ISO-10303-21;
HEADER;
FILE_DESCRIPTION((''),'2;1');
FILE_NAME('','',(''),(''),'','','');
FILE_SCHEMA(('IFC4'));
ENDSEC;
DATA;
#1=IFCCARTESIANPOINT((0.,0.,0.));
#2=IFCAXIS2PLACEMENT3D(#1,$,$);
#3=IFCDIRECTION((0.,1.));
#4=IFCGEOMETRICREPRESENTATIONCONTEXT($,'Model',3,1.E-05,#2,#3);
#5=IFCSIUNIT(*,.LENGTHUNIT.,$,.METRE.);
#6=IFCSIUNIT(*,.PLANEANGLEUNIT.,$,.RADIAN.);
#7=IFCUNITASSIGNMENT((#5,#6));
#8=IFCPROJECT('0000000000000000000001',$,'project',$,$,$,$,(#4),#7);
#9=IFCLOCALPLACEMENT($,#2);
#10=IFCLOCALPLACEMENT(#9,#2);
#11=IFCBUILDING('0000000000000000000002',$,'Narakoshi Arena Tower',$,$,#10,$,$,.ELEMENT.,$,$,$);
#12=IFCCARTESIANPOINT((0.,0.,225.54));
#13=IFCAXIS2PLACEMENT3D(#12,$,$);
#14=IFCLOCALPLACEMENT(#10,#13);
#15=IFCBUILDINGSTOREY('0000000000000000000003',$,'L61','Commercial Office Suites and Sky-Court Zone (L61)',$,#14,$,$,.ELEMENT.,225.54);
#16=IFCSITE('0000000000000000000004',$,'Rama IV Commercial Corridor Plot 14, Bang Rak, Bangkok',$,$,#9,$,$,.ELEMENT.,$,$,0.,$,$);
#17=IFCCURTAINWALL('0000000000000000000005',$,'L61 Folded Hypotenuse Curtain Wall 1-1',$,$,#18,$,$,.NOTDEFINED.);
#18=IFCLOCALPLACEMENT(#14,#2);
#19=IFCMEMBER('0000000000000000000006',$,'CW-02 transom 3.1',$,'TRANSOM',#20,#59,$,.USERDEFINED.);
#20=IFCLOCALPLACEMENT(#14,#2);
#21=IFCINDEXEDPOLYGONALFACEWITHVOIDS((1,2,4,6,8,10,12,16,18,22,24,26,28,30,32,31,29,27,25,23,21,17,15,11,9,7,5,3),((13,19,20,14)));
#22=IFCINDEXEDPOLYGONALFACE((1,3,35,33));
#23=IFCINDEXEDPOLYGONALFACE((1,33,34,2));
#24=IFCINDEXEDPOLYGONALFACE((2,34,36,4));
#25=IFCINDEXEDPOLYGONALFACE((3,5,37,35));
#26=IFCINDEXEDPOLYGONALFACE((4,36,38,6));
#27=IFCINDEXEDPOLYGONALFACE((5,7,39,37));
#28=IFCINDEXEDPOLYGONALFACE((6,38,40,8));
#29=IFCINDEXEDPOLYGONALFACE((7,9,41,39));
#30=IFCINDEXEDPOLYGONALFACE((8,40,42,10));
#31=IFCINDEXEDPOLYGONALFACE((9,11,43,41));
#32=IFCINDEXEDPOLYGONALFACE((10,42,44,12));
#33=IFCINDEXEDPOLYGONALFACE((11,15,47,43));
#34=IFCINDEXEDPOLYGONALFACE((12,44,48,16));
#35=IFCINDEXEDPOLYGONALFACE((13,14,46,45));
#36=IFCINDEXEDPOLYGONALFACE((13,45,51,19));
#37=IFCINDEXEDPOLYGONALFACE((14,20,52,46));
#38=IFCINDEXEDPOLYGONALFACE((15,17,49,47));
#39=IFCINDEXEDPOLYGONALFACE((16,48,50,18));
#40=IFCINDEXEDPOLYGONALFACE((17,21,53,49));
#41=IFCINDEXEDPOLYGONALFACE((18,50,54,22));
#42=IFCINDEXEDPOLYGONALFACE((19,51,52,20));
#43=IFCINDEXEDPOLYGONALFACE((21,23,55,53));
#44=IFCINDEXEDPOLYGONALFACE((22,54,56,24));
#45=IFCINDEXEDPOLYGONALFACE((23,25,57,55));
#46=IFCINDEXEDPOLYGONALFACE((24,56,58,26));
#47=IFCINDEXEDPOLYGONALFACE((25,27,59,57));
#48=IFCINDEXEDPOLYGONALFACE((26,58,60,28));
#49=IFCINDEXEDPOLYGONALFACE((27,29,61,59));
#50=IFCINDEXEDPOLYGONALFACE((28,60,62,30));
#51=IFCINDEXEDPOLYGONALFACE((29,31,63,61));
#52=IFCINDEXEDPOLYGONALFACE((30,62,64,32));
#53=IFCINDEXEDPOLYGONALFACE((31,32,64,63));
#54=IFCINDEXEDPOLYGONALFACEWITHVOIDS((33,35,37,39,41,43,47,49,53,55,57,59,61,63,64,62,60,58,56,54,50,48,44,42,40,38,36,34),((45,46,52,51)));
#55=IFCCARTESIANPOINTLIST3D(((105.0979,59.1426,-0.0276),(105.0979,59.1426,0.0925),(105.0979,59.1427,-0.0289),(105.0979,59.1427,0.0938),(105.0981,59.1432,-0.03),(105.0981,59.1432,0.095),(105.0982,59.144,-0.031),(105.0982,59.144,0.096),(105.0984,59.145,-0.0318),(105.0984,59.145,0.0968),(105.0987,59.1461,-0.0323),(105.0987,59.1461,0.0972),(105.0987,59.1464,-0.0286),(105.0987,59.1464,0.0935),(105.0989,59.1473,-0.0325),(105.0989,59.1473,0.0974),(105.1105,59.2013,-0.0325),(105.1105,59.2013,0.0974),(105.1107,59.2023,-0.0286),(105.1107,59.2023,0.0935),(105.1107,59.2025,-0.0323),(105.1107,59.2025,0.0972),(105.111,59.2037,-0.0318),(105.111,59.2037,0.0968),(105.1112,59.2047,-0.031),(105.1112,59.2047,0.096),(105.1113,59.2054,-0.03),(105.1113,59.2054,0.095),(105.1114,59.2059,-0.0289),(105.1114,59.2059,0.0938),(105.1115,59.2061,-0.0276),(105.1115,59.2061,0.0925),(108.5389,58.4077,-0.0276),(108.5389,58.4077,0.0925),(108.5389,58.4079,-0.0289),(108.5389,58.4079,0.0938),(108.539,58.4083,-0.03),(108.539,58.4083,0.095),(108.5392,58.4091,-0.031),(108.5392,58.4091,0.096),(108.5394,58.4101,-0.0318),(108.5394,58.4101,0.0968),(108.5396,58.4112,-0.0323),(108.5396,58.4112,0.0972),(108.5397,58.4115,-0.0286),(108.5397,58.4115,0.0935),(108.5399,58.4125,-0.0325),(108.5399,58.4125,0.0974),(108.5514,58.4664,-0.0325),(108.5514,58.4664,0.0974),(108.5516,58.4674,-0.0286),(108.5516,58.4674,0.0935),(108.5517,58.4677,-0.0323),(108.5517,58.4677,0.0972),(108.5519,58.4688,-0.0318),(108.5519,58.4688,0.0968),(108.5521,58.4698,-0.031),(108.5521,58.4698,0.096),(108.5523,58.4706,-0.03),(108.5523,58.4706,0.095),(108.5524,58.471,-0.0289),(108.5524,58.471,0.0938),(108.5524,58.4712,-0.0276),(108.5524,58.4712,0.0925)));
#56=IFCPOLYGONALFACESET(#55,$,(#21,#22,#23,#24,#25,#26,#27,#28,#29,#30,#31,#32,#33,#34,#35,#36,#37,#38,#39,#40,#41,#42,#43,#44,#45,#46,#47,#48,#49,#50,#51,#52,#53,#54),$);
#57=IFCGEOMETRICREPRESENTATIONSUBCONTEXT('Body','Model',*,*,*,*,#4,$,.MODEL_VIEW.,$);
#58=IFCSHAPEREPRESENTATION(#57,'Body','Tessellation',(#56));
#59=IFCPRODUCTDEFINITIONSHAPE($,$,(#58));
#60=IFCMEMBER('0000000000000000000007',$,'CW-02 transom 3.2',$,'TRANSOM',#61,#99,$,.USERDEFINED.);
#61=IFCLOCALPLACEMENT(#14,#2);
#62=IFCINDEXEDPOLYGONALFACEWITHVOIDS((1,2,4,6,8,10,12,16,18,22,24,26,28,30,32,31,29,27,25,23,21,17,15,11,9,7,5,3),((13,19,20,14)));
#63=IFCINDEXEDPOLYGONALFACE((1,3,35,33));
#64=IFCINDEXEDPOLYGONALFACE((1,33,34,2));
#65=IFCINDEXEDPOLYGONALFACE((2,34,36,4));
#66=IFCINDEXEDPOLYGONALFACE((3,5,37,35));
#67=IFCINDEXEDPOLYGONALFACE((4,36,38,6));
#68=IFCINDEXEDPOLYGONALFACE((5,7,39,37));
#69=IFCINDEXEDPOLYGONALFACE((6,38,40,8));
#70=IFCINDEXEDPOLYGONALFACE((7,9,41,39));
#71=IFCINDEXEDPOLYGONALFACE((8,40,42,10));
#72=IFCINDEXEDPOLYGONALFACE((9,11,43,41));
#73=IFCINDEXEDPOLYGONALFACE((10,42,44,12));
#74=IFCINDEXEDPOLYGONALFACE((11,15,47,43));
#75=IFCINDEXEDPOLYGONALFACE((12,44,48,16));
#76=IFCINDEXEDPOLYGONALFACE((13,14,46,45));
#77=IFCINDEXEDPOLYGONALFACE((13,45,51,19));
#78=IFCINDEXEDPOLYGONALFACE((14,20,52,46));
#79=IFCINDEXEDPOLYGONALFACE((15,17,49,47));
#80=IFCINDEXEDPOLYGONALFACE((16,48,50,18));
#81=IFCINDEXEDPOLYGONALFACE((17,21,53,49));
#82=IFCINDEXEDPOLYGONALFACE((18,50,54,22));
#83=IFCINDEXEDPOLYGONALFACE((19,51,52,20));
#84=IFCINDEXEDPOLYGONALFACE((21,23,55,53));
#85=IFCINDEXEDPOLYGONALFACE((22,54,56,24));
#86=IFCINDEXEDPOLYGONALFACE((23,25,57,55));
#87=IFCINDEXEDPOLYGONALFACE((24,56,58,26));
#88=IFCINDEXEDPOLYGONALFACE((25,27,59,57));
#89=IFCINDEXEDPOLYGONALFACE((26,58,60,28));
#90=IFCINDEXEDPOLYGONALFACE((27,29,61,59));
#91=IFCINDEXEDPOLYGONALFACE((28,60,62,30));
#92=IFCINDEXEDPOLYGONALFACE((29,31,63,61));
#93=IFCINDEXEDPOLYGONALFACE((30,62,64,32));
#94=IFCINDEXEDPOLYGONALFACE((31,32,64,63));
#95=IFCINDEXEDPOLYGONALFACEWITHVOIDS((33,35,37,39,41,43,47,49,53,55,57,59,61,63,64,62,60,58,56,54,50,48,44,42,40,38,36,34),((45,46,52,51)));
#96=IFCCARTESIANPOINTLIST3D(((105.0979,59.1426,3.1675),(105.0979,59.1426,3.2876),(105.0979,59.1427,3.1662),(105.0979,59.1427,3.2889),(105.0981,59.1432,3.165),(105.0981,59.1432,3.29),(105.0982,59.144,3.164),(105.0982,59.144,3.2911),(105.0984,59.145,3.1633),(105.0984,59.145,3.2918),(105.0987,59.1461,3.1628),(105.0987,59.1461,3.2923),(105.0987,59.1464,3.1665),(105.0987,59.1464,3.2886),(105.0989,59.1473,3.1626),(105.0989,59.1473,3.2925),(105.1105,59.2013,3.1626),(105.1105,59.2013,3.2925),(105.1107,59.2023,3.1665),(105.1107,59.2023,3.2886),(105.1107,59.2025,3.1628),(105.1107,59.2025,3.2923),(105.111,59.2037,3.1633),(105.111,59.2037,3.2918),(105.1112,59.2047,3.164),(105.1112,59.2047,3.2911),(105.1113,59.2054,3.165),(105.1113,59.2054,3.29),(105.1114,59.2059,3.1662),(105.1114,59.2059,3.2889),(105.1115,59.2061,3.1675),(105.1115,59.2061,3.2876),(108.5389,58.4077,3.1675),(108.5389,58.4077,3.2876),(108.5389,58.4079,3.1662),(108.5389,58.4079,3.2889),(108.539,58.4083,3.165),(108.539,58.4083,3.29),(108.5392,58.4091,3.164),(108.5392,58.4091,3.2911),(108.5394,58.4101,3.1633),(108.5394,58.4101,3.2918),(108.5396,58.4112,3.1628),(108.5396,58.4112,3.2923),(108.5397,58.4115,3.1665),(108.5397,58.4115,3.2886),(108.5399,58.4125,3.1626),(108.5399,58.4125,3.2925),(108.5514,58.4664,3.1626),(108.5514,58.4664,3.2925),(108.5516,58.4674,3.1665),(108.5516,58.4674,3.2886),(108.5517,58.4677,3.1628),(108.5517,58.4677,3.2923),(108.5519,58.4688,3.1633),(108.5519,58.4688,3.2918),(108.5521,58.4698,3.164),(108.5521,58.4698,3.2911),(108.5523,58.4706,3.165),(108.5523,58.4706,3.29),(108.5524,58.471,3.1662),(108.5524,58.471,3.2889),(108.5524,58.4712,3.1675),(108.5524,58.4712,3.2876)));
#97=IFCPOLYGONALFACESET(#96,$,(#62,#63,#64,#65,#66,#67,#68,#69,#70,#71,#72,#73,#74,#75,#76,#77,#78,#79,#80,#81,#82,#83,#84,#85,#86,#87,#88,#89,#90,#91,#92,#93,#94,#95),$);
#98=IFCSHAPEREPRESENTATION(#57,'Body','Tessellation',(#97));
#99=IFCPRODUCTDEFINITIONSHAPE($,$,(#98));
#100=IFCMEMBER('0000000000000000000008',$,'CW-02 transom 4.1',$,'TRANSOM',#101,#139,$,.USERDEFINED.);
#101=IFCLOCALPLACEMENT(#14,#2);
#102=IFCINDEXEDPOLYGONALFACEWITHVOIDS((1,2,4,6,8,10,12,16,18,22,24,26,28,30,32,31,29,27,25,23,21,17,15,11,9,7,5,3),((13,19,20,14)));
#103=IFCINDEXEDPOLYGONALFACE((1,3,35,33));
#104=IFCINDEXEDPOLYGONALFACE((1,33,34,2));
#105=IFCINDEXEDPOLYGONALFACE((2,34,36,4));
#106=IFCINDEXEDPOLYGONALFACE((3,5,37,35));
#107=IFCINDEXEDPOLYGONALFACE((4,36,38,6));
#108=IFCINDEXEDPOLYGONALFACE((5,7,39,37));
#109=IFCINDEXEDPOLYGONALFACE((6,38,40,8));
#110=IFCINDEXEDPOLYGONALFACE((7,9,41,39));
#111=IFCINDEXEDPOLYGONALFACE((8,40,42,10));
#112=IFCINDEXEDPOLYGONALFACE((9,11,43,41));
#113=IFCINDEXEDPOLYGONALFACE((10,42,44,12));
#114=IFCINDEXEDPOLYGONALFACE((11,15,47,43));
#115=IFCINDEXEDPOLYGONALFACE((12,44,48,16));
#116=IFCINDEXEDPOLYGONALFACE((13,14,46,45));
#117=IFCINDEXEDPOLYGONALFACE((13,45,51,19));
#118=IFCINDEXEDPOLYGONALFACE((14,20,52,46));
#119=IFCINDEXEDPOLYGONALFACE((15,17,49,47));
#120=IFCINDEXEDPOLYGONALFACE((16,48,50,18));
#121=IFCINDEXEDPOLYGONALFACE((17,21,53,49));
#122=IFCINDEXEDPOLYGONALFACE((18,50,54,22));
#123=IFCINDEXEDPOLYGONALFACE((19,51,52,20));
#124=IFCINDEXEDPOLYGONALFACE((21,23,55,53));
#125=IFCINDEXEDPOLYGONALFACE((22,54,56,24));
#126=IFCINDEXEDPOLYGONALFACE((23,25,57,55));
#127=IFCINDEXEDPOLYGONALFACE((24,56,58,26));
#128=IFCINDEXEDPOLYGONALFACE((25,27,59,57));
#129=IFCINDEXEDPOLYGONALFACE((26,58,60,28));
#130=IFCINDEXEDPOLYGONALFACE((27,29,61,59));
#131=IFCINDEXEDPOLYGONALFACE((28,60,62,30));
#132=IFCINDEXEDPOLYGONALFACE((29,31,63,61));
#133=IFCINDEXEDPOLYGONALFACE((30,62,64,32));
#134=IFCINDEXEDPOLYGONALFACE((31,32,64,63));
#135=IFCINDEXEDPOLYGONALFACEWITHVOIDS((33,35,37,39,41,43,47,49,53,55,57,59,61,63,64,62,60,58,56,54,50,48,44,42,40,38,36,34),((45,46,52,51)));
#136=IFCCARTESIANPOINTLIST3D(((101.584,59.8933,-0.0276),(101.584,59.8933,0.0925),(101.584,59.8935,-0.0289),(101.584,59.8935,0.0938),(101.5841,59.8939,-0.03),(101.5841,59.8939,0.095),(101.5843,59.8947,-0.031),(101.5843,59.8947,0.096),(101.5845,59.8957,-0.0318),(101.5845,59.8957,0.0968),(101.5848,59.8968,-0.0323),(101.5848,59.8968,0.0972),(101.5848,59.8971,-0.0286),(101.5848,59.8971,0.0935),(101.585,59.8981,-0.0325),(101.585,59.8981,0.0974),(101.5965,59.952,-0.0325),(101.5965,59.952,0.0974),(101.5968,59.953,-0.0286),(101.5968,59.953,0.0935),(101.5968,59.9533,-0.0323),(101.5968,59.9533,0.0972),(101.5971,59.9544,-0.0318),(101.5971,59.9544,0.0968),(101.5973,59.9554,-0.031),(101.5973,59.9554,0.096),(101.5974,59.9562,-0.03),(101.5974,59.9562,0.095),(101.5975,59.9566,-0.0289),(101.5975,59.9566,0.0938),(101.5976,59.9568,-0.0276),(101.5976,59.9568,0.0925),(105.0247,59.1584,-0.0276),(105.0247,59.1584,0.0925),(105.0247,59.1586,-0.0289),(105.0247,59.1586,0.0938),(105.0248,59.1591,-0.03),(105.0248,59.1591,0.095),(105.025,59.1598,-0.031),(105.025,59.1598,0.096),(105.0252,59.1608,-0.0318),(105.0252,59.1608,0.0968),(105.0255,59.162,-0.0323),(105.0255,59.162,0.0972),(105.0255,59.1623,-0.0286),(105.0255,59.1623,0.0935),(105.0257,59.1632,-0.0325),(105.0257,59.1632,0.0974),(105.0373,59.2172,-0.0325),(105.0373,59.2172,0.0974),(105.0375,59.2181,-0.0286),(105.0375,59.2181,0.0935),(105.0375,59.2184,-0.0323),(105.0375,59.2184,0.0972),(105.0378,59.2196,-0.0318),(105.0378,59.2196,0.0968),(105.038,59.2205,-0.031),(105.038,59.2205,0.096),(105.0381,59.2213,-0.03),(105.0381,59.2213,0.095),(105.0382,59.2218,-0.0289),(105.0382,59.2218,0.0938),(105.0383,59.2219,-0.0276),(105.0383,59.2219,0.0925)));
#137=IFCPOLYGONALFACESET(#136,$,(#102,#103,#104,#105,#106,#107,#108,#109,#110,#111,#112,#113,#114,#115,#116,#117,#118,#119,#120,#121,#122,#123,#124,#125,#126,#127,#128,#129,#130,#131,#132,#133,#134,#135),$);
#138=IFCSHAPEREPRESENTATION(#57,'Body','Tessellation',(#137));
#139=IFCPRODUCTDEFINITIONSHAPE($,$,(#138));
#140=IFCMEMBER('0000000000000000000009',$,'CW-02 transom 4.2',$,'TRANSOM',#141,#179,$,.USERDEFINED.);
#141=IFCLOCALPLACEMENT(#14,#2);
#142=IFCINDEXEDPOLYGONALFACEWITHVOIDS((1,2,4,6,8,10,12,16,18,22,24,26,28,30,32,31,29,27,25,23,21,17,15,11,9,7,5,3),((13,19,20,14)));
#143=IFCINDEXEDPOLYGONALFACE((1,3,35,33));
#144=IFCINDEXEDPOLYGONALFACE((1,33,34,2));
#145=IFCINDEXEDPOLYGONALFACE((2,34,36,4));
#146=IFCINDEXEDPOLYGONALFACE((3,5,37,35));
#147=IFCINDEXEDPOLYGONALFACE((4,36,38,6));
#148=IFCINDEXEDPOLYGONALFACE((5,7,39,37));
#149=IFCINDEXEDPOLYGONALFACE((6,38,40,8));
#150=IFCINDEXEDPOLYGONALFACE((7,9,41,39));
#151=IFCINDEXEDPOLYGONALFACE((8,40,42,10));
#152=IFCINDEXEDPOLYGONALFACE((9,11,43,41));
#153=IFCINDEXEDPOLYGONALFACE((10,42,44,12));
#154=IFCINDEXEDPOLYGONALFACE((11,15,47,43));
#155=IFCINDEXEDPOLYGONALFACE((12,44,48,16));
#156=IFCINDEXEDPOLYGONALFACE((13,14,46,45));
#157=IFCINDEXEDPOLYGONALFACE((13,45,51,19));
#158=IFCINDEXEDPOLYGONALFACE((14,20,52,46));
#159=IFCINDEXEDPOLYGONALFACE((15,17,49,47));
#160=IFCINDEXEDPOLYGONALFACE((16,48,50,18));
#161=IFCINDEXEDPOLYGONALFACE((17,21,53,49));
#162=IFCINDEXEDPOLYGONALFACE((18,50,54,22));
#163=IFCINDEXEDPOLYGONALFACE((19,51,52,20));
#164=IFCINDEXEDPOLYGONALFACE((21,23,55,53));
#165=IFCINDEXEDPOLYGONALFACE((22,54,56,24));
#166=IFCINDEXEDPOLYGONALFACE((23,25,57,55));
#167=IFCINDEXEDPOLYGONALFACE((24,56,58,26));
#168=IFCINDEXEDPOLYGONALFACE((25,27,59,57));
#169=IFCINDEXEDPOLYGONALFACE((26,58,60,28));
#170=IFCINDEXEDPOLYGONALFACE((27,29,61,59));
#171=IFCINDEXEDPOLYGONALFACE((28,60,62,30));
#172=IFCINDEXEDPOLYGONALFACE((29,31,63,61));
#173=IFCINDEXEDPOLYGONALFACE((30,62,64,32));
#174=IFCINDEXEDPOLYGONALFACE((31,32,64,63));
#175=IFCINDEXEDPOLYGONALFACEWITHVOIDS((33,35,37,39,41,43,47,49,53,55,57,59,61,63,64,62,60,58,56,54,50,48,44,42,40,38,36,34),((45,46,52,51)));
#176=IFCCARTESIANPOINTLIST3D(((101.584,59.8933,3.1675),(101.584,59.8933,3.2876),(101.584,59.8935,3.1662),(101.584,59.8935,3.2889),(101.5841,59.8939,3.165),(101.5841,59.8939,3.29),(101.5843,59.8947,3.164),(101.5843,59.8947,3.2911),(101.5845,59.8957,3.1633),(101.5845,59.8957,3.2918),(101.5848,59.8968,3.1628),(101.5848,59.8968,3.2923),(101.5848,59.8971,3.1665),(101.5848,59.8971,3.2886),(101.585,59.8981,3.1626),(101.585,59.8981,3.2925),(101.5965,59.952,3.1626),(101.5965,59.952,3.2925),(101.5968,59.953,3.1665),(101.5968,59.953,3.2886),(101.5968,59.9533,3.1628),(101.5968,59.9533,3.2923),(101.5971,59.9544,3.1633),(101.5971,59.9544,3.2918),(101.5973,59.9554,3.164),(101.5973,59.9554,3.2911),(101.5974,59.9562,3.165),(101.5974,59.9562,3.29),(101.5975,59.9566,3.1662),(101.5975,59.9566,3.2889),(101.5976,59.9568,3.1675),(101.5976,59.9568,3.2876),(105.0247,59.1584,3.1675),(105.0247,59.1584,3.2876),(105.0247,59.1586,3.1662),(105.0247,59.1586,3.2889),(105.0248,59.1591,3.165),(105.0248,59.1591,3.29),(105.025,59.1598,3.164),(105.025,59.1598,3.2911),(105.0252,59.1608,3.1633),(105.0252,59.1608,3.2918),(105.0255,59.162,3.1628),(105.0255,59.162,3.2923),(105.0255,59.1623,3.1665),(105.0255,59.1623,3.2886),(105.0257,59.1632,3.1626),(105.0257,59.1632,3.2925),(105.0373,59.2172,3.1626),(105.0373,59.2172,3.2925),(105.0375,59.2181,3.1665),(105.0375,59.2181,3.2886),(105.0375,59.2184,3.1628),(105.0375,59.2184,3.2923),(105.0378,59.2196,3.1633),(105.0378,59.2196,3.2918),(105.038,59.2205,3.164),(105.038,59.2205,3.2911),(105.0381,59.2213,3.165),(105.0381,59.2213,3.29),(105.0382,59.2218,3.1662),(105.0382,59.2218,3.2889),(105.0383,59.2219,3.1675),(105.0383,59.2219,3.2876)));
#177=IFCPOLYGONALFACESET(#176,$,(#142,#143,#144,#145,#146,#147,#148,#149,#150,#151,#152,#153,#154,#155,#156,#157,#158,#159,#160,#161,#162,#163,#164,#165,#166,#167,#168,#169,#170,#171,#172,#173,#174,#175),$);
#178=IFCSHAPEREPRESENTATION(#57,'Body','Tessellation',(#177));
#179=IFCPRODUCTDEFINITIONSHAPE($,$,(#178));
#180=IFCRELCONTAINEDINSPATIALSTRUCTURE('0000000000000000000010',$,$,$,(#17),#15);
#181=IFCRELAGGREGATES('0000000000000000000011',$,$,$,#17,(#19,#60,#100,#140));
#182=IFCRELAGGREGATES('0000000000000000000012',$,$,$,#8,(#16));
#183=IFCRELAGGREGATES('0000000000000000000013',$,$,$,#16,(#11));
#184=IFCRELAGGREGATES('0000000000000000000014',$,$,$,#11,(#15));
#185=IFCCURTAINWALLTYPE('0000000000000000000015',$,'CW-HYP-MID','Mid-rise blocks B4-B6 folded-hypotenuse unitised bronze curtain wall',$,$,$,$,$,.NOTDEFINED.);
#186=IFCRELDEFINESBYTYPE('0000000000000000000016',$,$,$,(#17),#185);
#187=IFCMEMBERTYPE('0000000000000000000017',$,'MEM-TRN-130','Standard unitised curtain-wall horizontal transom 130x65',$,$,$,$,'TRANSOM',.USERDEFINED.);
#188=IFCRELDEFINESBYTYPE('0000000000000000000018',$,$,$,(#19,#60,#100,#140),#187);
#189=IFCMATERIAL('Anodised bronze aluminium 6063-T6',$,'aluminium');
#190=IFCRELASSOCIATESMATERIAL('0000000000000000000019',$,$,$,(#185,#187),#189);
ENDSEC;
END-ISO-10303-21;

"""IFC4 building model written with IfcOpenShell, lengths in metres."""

from ifc_helpers import new_model, si_unit, direction, frame, origin, origin_2d, place, context, subcontext, project, spatial, hollow_rectangle, extrude, material, material_profile, profile_set, type_object, element, aggregate, save


model = new_model("IFC4")

# Units and contexts
model_context = context("Model", 3, precision=1e-05, world=origin(), true_north=direction((0.0, 1.0)))
body_context = subcontext(model_context, "Body", "Model", "MODEL_VIEW")
ifc_project = project(units=[si_unit("LENGTHUNIT", "METRE"), si_unit("PLANEANGLEUNIT", "RADIAN")], contexts=[model_context])

# Site, building, storey
site_placement = place(None, origin())
site = spatial("IfcSite", under=ifc_project, at=site_placement, Name="Rama IV Commercial Corridor Plot 14, Bang Rak, Bangkok", CompositionType="ELEMENT", RefElevation=0.0)
building_placement = place(site_placement, origin())
building = spatial("IfcBuilding", under=site, at=building_placement, Name="Narakoshi Arena Tower", CompositionType="ELEMENT")
storey_placement = place(building_placement, frame((0.0, 0.0, 225.54)))
storey = spatial("IfcBuildingStorey", under=building, at=storey_placement, Name="L61", Description="Commercial Office Suites and Sky-Court Zone (L61)", CompositionType="ELEMENT", Elevation=225.54)

# Curtain wall, members
ifc_material_1 = material(Name="Anodised bronze aluminium 6063-T6", Category="aluminium")
curtain_wall_type = type_object("IfcCurtainWallType", Name="CW-HYP-MID", Description="Mid-rise blocks B4-B6 folded-hypotenuse unitised bronze curtain wall", PredefinedType="NOTDEFINED", material=ifc_material_1)
curtain_wall_placement = place(storey_placement, origin())
curtain_wall = element("IfcCurtainWall", 1, at=curtain_wall_placement, inside=storey, type_object=curtain_wall_type, Name="L61 Folded Hypotenuse Curtain Wall 1-1", PredefinedType="NOTDEFINED")
ifc_material_profile_1 = material_profile(ifc_material_1, hollow_rectangle(XDim=0.0649, YDim=0.1299, WallThickness=0.0039, OuterFilletRadius=0.0049, at=origin_2d()), Name="TRN130x65x4")
ifc_profile_set_1 = profile_set([ifc_material_profile_1], Name="Anodised bronze aluminium 6063-T6")
member_type_1 = type_object("IfcMemberType", Name="MEM-TRN-130", Description="Standard unitised curtain-wall horizontal transom 130x65", ElementType="TRANSOM", PredefinedType="USERDEFINED", material=ifc_profile_set_1)
member_1_placement = place(storey_placement, frame((108.5457, 58.4395, 0.0325), z_axis=(-0.977946, 0.208856, 0.0), x_axis=(-0.208856, -0.977946, 0.0)))
member_1 = element("IfcMember", 2, at=member_1_placement, type_object=member_type_1, Name="CW-02 transom 3.1", ObjectType="TRANSOM", PredefinedType="USERDEFINED", context=body_context, shape_type="SweptSolid", body=[
    extrude(hollow_rectangle(XDim=0.0649, YDim=0.1299, WallThickness=0.0039, OuterFilletRadius=0.0049, at=origin_2d()), origin(), (0.0, 0.0, 1.0), 3.5186),
])
member_2_placement = place(storey_placement, frame((108.5457, 58.4395, 3.2275), z_axis=(-0.977946, 0.208856, 0.0), x_axis=(-0.208856, -0.977946, 0.0)))
member_2 = element("IfcMember", 3, at=member_2_placement, type_object=member_type_1, Name="CW-02 transom 3.2", ObjectType="TRANSOM", PredefinedType="USERDEFINED", context=body_context, shape_type="SweptSolid", body=[
    extrude(hollow_rectangle(XDim=0.0649, YDim=0.1299, WallThickness=0.0039, OuterFilletRadius=0.0049, at=origin_2d()), origin(), (0.0, 0.0, 1.0), 3.5186),
])
member_3_placement = place(storey_placement, frame((105.0315, 59.1902, 0.0325), z_axis=(-0.977943, 0.20887, 0.0), x_axis=(-0.20887, -0.977943, 0.0)))
member_3 = element("IfcMember", 4, at=member_3_placement, type_object=member_type_1, Name="CW-02 transom 4.1", ObjectType="TRANSOM", PredefinedType="USERDEFINED", context=body_context, shape_type="SweptSolid", body=[
    extrude(hollow_rectangle(XDim=0.0649, YDim=0.1299, WallThickness=0.0039, OuterFilletRadius=0.0049, at=origin_2d()), origin(), (0.0, 0.0, 1.0), 3.5183),
])
member_4_placement = place(storey_placement, frame((105.0315, 59.1902, 3.2275), z_axis=(-0.977943, 0.20887, 0.0), x_axis=(-0.20887, -0.977943, 0.0)))
member_4 = element("IfcMember", 5, at=member_4_placement, type_object=member_type_1, Name="CW-02 transom 4.2", ObjectType="TRANSOM", PredefinedType="USERDEFINED", context=body_context, shape_type="SweptSolid", body=[
    extrude(hollow_rectangle(XDim=0.0649, YDim=0.1299, WallThickness=0.0039, OuterFilletRadius=0.0049, at=origin_2d()), origin(), (0.0, 0.0, 1.0), 3.5183),
])
aggregate(curtain_wall, [member_1, member_2, member_3, member_4])

save(model, "model.ifc")
